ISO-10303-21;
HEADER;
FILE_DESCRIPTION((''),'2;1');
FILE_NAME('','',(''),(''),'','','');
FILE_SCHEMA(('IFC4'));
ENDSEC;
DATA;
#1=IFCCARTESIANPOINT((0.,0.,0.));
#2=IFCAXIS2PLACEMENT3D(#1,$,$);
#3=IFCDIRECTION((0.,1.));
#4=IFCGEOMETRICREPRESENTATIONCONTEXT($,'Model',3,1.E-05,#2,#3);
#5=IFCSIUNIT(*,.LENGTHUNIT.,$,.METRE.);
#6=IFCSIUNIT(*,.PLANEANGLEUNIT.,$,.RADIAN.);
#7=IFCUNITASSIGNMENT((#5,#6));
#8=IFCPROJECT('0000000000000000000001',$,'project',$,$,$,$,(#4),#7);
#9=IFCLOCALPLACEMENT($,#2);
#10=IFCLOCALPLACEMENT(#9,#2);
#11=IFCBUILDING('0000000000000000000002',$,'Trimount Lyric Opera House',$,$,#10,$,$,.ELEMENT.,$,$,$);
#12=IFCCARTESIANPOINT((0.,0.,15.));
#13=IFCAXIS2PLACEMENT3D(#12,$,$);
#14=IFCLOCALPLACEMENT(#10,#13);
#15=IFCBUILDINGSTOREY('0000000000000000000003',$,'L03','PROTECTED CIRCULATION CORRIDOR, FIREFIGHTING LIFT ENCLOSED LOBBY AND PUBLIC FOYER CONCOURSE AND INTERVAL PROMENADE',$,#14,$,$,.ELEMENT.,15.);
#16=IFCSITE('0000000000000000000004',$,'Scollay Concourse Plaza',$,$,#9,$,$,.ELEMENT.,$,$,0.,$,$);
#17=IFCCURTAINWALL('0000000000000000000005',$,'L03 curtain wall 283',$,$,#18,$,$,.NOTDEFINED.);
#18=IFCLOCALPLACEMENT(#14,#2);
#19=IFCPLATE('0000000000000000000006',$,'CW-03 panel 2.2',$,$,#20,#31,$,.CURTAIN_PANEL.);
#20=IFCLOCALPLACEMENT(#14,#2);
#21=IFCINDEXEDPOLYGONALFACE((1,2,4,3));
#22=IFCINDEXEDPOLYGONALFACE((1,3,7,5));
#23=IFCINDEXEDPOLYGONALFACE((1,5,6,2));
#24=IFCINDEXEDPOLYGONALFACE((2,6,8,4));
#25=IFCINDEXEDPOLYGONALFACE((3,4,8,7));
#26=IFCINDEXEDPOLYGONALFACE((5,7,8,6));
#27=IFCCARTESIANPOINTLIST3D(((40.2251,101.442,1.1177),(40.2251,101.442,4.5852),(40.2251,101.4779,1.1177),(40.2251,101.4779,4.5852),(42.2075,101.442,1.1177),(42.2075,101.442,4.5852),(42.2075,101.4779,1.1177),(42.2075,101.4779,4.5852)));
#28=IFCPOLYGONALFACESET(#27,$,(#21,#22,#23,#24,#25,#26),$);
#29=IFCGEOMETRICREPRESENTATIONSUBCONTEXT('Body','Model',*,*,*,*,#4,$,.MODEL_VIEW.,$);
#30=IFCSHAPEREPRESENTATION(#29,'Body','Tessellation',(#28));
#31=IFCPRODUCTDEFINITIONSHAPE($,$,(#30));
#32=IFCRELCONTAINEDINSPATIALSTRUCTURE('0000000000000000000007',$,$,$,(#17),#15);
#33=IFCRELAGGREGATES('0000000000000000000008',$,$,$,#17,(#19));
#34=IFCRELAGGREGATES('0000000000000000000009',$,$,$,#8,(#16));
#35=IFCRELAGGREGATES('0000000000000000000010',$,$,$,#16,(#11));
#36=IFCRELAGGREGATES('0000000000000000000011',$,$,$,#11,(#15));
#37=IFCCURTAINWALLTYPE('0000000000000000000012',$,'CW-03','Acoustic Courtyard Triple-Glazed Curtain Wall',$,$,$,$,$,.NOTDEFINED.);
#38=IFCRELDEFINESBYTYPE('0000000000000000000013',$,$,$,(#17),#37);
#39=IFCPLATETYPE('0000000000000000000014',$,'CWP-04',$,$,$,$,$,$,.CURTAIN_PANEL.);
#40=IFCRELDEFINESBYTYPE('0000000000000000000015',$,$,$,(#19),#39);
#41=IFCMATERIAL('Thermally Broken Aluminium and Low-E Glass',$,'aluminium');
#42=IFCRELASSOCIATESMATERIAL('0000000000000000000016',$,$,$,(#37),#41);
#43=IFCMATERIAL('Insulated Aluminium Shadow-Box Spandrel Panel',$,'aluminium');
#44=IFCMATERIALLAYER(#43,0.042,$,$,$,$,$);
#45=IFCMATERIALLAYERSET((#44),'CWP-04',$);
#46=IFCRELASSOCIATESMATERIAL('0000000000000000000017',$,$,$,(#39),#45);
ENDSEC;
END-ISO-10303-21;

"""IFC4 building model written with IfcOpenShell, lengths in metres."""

from ifc_helpers import new_model, si_unit, direction, frame, origin, origin_2d, place, context, subcontext, project, spatial, rectangle, extrude, material, layer, layer_set, type_object, element, aggregate, save


model = new_model("IFC4")

# Units and contexts
model_context = context("Model", 3, precision=1e-05, world=origin(), true_north=direction((0.0, 1.0)))
body_context = subcontext(model_context, "Body", "Model", "MODEL_VIEW")
ifc_project = project(units=[si_unit("LENGTHUNIT", "METRE"), si_unit("PLANEANGLEUNIT", "RADIAN")], contexts=[model_context])

# Site, building, storey
site_placement = place(None, origin())
site = spatial("IfcSite", under=ifc_project, at=site_placement, Name="Scollay Concourse Plaza", CompositionType="ELEMENT", RefElevation=0.0)
building_placement = place(site_placement, origin())
building = spatial("IfcBuilding", under=site, at=building_placement, Name="Trimount Lyric Opera House", CompositionType="ELEMENT")
storey_placement = place(building_placement, frame((0.0, 0.0, 15.0)))
storey = spatial("IfcBuildingStorey", under=building, at=storey_placement, Name="L03", Description="PROTECTED CIRCULATION CORRIDOR, FIREFIGHTING LIFT ENCLOSED LOBBY AND PUBLIC FOYER CONCOURSE AND INTERVAL PROMENADE", CompositionType="ELEMENT", Elevation=15.0)

# Curtain wall
ifc_material_1 = material(Name="Thermally Broken Aluminium and Low-E Glass", Category="aluminium")
curtain_wall_type = type_object("IfcCurtainWallType", Name="CW-03", Description="Acoustic Courtyard Triple-Glazed Curtain Wall", PredefinedType="NOTDEFINED", material=ifc_material_1)
curtain_wall_1_placement = place(storey_placement, origin())
curtain_wall_1 = element("IfcCurtainWall", 1, at=curtain_wall_1_placement, inside=storey, type_object=curtain_wall_type, Name="L03 curtain wall 283", PredefinedType="NOTDEFINED")

# Plate
ifc_material_2 = material(Name="Insulated Aluminium Shadow-Box Spandrel Panel", Category="aluminium")
ifc_layer_1 = layer(ifc_material_2, 0.042)
ifc_layer_set_1 = layer_set([ifc_layer_1], Name="CWP-04")
plate_type_1 = type_object("IfcPlateType", Name="CWP-04", PredefinedType="CURTAIN_PANEL", material=ifc_layer_set_1)
plate_1_placement = place(storey_placement, frame((41.2163, 101.46, 1.1177), z_axis=(0.0, 0.0, 1.0), x_axis=(-1.0, 0.0, 0.0)))
plate_1 = element("IfcPlate", 2, at=plate_1_placement, type_object=plate_type_1, Name="CW-03 panel 2.2", PredefinedType="CURTAIN_PANEL", context=body_context, shape_type="SweptSolid", body=[
    extrude(rectangle(XDim=1.9824, YDim=0.0359, at=origin_2d()), origin(), (0.0, 0.0, 1.0), 3.4675),
])
aggregate(curtain_wall_1, [plate_1])

save(model, "model.ifc")
